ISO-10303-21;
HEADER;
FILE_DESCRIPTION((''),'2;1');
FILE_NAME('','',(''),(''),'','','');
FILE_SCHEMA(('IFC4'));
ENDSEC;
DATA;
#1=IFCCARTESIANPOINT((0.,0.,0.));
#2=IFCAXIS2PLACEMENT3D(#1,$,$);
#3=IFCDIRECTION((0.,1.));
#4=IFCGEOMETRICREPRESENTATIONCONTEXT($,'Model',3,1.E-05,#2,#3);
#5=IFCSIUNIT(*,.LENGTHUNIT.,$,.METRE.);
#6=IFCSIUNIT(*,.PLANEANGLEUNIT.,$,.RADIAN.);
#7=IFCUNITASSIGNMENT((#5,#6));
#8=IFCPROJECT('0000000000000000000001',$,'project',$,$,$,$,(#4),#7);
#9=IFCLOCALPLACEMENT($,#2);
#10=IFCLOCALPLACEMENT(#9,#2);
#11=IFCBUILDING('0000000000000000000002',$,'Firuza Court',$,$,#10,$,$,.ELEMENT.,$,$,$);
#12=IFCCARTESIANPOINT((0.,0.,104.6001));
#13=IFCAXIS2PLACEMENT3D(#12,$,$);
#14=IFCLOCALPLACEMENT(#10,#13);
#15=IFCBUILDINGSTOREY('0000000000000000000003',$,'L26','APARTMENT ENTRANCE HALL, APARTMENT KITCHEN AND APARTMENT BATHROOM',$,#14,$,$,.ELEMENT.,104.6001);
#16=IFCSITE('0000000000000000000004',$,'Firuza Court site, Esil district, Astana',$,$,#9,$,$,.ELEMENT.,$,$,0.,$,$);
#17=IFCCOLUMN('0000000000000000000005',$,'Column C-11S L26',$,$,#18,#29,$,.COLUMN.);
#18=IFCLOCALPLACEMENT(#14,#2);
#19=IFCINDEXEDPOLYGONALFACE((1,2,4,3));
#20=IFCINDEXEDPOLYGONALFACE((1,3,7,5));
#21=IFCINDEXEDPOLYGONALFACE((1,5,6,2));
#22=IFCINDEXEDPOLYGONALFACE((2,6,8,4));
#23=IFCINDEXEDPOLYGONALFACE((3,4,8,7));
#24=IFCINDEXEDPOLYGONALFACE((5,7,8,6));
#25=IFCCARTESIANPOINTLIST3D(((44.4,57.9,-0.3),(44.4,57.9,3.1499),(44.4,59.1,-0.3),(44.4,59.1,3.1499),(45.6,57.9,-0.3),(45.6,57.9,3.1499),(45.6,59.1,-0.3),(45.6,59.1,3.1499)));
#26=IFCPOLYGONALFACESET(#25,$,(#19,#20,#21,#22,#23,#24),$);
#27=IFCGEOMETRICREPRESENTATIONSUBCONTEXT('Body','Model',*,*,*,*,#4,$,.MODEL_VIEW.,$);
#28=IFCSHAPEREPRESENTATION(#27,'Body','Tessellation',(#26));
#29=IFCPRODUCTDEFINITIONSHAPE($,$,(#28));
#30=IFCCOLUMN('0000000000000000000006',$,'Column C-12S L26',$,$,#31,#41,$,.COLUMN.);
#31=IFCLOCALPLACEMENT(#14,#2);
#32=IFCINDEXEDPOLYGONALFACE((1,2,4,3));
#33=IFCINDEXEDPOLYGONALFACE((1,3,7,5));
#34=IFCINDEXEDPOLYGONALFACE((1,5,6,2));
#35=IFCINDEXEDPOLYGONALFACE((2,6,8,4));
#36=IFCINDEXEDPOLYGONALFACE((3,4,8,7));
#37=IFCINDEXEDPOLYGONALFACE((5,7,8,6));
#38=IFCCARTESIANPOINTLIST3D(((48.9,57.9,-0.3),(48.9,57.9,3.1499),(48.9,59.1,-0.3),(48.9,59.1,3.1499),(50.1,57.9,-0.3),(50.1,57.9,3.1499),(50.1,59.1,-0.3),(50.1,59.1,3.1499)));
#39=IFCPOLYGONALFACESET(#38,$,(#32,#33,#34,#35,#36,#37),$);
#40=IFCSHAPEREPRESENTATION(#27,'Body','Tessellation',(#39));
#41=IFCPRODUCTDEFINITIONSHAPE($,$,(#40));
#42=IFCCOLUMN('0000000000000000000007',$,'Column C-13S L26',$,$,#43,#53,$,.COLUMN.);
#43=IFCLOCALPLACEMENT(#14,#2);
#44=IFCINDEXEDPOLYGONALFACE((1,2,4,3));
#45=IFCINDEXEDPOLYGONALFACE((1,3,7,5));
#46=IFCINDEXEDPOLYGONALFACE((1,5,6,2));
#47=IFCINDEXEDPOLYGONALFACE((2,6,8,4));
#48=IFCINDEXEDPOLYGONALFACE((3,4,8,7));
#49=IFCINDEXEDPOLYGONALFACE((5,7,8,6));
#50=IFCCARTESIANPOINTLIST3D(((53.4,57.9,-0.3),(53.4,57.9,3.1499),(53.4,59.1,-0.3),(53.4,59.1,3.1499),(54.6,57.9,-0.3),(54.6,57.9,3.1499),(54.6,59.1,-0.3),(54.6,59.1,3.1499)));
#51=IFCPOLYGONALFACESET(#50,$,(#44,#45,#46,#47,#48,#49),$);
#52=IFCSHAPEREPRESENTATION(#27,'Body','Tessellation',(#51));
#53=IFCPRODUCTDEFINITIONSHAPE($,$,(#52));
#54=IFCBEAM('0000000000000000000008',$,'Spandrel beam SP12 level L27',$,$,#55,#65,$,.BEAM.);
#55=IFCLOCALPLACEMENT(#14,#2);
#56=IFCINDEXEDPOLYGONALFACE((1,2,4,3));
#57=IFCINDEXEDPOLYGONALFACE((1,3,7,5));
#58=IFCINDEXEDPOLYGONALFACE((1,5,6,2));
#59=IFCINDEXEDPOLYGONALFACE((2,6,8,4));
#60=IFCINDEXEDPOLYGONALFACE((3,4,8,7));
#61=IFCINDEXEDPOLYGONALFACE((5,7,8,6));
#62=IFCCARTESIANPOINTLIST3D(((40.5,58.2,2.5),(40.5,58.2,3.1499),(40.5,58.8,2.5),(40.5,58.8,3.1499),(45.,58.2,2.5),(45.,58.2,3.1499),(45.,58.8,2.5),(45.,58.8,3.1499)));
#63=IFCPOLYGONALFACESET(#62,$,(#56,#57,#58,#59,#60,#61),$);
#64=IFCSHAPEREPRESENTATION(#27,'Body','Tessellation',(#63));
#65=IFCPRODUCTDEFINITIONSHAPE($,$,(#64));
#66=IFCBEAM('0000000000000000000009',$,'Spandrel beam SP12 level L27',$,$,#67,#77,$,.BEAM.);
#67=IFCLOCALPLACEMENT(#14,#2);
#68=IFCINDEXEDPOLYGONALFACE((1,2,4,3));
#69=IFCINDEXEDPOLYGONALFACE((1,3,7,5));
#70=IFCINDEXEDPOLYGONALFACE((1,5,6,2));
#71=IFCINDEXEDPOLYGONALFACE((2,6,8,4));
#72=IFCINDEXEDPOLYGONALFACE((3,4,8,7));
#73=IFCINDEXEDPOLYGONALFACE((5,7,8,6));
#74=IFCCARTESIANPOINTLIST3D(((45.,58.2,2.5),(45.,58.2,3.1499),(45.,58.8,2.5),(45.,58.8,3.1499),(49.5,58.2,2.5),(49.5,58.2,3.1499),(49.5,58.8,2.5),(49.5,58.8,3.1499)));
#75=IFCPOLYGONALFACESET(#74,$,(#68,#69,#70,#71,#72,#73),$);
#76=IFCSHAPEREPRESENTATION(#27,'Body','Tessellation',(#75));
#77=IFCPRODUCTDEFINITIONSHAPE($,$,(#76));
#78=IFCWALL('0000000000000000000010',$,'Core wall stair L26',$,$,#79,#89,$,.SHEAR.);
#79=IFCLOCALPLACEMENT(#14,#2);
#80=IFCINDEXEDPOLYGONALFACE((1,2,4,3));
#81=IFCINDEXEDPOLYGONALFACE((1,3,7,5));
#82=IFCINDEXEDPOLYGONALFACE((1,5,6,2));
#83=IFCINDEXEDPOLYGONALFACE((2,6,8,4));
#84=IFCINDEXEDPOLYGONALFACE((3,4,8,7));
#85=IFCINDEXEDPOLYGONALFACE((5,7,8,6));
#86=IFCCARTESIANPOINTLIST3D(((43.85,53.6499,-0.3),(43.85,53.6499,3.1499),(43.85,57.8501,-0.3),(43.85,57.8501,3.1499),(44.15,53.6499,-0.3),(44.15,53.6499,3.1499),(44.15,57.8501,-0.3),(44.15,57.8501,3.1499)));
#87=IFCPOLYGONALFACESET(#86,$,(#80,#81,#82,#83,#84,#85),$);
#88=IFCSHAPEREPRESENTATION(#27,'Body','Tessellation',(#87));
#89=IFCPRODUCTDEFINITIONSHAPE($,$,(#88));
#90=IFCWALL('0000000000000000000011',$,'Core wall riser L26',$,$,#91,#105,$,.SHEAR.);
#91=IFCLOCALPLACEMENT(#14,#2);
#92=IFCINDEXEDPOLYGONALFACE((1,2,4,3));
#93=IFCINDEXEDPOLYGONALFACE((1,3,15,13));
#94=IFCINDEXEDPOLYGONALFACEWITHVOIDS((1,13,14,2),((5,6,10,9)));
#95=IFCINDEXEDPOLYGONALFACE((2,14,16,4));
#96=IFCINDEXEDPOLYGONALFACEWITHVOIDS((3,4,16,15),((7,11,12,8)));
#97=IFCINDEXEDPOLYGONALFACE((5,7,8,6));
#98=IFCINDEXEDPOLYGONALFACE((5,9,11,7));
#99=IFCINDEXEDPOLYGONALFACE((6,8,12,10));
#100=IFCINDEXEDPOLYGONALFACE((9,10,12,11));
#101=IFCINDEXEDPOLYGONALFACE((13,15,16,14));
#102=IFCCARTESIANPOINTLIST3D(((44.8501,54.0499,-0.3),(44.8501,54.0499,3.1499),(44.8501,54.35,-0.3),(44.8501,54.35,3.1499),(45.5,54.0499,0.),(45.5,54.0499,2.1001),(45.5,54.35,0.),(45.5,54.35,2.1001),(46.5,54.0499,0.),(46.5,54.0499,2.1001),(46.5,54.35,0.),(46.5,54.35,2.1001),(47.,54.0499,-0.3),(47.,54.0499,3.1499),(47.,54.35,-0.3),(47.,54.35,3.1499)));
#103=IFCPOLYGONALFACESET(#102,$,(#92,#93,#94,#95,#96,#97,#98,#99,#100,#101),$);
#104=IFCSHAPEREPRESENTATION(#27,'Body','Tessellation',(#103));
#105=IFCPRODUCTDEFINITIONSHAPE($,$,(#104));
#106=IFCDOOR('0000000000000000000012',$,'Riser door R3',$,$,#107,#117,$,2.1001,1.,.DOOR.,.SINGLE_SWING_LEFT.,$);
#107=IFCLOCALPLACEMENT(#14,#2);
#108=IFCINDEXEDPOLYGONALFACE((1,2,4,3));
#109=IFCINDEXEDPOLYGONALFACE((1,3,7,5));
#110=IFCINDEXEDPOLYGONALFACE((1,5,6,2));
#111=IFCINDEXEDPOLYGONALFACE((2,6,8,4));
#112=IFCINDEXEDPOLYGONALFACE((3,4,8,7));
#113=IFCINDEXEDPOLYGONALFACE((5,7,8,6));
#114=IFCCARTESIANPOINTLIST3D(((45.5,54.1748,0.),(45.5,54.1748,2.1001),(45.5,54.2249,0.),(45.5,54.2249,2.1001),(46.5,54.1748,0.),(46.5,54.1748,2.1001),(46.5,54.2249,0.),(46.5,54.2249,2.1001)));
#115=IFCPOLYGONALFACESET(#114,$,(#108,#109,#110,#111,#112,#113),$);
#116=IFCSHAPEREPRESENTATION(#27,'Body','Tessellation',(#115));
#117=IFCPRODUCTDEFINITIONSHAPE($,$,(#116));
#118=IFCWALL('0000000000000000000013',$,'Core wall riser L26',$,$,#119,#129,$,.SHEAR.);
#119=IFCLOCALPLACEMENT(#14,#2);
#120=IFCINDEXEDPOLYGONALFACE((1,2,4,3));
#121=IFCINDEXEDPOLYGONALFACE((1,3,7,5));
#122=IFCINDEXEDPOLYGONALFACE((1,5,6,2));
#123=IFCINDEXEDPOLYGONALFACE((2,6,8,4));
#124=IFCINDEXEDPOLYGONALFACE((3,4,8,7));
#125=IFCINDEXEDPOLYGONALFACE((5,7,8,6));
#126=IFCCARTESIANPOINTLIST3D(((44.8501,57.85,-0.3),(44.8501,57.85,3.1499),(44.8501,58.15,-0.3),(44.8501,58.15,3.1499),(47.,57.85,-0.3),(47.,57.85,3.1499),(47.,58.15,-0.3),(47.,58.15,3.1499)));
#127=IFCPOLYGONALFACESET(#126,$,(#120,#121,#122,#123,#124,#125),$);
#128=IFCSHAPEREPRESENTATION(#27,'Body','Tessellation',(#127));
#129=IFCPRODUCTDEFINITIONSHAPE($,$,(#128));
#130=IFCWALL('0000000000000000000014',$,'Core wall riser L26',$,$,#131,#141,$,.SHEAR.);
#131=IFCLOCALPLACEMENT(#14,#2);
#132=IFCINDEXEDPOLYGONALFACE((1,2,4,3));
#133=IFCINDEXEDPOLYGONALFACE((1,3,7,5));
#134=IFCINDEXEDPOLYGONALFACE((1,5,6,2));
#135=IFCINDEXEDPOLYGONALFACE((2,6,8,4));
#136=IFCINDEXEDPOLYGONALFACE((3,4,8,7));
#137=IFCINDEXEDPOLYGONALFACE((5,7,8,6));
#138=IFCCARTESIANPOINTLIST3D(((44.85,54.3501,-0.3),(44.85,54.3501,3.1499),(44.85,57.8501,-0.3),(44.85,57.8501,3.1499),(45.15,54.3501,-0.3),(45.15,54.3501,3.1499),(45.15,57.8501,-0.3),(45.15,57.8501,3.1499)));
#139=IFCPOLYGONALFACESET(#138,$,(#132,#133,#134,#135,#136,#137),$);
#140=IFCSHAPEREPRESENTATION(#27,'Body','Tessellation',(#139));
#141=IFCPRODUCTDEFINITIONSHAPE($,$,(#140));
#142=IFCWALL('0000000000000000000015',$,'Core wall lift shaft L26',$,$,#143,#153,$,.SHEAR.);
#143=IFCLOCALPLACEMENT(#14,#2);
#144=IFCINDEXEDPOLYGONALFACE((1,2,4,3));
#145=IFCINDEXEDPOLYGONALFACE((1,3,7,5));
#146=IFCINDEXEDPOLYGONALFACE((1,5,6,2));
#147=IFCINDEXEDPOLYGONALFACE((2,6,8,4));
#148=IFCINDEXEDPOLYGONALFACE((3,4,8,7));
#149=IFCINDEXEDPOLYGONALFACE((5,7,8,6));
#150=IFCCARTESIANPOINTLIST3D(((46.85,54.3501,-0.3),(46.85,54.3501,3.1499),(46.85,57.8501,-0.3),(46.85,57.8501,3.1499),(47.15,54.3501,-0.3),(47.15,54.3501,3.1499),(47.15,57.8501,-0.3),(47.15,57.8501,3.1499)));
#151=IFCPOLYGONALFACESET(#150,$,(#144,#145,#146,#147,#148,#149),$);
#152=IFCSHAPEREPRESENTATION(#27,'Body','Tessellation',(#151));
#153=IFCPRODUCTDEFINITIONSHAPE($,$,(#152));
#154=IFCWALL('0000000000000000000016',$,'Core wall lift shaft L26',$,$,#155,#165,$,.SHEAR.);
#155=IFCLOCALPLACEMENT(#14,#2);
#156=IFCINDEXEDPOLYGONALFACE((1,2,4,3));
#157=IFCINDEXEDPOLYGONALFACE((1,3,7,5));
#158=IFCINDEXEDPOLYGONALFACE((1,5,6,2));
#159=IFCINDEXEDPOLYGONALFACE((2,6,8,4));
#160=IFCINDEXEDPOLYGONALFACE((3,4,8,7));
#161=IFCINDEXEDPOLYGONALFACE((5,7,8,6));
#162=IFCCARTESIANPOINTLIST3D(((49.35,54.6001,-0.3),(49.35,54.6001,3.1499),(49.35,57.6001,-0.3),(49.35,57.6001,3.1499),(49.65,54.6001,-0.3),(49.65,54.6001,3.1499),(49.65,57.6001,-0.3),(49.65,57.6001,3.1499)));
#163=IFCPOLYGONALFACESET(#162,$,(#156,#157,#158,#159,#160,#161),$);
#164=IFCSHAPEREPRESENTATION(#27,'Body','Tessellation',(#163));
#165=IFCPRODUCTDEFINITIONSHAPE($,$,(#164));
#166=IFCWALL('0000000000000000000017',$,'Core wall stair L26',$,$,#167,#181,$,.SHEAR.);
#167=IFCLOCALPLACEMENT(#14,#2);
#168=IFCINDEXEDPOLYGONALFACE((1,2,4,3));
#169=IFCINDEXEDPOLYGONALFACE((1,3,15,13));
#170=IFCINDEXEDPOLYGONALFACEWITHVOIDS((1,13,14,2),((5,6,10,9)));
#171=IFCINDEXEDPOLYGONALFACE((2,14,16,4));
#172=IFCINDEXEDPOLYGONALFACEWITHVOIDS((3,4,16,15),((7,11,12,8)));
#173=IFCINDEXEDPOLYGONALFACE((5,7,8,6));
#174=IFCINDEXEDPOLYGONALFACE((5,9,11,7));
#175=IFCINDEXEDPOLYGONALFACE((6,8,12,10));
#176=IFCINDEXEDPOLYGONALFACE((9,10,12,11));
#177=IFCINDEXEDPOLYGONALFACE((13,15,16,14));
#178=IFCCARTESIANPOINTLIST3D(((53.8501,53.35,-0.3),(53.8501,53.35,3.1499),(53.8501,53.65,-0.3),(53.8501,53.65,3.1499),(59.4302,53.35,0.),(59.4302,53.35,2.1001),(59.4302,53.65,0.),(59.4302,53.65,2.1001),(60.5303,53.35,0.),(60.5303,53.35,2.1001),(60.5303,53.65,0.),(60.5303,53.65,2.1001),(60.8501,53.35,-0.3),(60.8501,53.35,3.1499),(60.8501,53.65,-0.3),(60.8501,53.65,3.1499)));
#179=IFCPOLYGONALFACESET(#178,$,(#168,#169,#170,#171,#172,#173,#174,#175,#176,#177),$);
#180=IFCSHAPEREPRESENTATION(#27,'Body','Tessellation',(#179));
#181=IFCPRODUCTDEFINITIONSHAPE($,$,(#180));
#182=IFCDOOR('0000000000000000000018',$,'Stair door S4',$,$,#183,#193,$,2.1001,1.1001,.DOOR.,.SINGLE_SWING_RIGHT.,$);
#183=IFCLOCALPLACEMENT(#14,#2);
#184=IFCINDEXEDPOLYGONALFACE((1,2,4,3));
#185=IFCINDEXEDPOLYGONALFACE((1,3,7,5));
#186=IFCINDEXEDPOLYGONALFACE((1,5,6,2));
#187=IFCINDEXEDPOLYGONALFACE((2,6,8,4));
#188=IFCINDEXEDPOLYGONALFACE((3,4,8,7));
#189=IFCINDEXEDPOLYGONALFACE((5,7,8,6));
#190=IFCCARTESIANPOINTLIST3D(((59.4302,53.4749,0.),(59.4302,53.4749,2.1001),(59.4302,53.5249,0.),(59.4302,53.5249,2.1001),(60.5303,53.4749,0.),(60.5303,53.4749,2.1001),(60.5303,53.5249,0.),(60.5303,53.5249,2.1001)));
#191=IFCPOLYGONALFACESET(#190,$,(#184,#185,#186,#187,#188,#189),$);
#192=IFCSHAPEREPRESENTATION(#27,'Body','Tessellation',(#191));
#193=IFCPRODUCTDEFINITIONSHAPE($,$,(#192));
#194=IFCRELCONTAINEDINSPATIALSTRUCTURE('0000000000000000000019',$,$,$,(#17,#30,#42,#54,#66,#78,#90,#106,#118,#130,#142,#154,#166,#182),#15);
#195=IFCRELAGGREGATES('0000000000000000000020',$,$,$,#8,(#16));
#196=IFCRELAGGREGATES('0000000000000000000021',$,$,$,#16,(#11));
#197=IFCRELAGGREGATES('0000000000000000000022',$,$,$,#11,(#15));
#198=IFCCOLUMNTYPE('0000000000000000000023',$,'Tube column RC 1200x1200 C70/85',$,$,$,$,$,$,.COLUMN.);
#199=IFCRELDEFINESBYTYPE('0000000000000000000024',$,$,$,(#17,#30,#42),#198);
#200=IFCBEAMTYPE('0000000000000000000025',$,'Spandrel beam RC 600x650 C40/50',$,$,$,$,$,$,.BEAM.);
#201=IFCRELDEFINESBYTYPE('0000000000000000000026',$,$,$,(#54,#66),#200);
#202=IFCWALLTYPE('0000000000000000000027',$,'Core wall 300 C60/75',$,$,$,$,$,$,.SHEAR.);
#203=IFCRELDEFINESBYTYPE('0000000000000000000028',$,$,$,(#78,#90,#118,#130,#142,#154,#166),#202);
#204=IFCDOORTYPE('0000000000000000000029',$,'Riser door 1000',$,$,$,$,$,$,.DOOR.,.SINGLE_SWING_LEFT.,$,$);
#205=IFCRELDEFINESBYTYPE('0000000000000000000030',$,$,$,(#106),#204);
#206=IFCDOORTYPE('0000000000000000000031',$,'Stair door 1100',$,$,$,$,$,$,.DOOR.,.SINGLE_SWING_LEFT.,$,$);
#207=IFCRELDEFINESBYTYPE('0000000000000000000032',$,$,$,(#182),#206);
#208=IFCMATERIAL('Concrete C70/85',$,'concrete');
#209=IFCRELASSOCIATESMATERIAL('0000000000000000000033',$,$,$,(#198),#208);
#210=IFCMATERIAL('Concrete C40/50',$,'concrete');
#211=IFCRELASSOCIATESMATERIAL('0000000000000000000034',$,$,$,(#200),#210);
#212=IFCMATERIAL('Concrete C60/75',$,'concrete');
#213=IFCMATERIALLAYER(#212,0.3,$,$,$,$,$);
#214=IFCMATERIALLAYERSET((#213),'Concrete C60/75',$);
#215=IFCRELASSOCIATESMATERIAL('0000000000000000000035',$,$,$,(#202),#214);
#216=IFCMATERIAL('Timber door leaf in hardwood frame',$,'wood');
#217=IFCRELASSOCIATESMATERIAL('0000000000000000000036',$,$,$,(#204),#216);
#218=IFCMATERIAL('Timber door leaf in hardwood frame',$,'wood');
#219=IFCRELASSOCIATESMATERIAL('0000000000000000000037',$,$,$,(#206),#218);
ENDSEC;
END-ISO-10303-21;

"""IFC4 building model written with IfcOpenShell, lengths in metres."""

from ifc_helpers import new_model, si_unit, direction, frame, frame_2d, origin, origin_2d, place, context, subcontext, project, spatial, rectangle, extrude, material, layer, layer_set, material_profile, profile_set, type_object, element, fill, save


model = new_model("IFC4")

# Units and contexts
model_context = context("Model", 3, precision=1e-05, world=origin(), true_north=direction((0.0, 1.0)))
body_context = subcontext(model_context, "Body", "Model", "MODEL_VIEW")
ifc_project = project(units=[si_unit("LENGTHUNIT", "METRE"), si_unit("PLANEANGLEUNIT", "RADIAN")], contexts=[model_context])

# Site, building, storey
site_placement = place(None, origin())
site = spatial("IfcSite", under=ifc_project, at=site_placement, Name="Firuza Court site, Esil district, Astana", CompositionType="ELEMENT", RefElevation=0.0)
building_placement = place(site_placement, origin())
building = spatial("IfcBuilding", under=site, at=building_placement, Name="Firuza Court", CompositionType="ELEMENT")
storey_placement = place(building_placement, frame((0.0, 0.0, 104.6001)))
storey = spatial("IfcBuildingStorey", under=building, at=storey_placement, Name="L26", Description="APARTMENT ENTRANCE HALL, APARTMENT KITCHEN AND APARTMENT BATHROOM", CompositionType="ELEMENT", Elevation=104.6001)

# Columns
ifc_material_1 = material(Name="Concrete C70/85", Category="concrete")
ifc_material_profile_1 = material_profile(ifc_material_1, rectangle(XDim=1.2, YDim=1.2, at=origin_2d()), Name="RC 1200x1200")
ifc_profile_set_1 = profile_set([ifc_material_profile_1], Name="Concrete C70/85")
column_type = type_object("IfcColumnType", Name="Tube column RC 1200x1200 C70/85", PredefinedType="COLUMN", material=ifc_profile_set_1)
for number, where, z_axis, x_axis, name in (
    (1, (45.0, 58.5, -0.3), (0.0, 0.0, 1.0), (1.0, 0.0, 0.0), "Column C-11S L26"),
    (2, (49.5, 58.5, -0.3), (0.0, 0.0, 1.0), (1.0, 0.0, 0.0), "Column C-12S L26"),
    (3, (54.0, 58.5, -0.3), (0.0, 0.0, 1.0), (1.0, 0.0, 0.0), "Column C-13S L26"),
):
    element("IfcColumn", number, at=place(storey_placement, frame(where, z_axis=z_axis, x_axis=x_axis)), inside=storey, type_object=column_type, Name=name, PredefinedType="COLUMN", context=body_context, shape_type="SweptSolid", body=[
        extrude(rectangle(XDim=1.2, YDim=1.2, at=origin_2d()), origin(), (0.0, 0.0, 1.0), 3.45),
    ])

# Beams
ifc_material_2 = material(Name="Concrete C40/50", Category="concrete")
ifc_material_profile_2 = material_profile(ifc_material_2, rectangle(XDim=0.6001, YDim=0.6499, at=origin_2d()), Name="RC 600x650")
ifc_profile_set_2 = profile_set([ifc_material_profile_2], Name="Concrete C40/50")
beam_type = type_object("IfcBeamType", Name="Spandrel beam RC 600x650 C40/50", PredefinedType="BEAM", material=ifc_profile_set_2)
for number, where, z_axis, x_axis, name in (
    (4, (45.0, 58.5, 2.825), (-1.0, 0.0, 0.0), (0.0, -1.0, 0.0), "Spandrel beam SP12 level L27"),
    (5, (49.5, 58.5, 2.825), (-1.0, 0.0, 0.0), (0.0, -1.0, 0.0), "Spandrel beam SP12 level L27"),
):
    element("IfcBeam", number, at=place(storey_placement, frame(where, z_axis=z_axis, x_axis=x_axis)), inside=storey, type_object=beam_type, Name=name, PredefinedType="BEAM", context=body_context, shape_type="SweptSolid", body=[
        extrude(rectangle(XDim=0.6001, YDim=0.6499, at=origin_2d()), origin(), (0.0, 0.0, 1.0), 4.5),
    ])

# Wall
ifc_material_3 = material(Name="Concrete C60/75", Category="concrete")
ifc_layer_1 = layer(ifc_material_3, 0.3)
ifc_layer_set_1 = layer_set([ifc_layer_1], Name="Concrete C60/75")
wall_type_1 = type_object("IfcWallType", Name="Core wall 300 C60/75", PredefinedType="SHEAR", material=ifc_layer_set_1)
wall_1_placement = place(storey_placement, frame((44.0, 53.6499, -0.3), z_axis=(0.0, 0.0, 1.0), x_axis=(0.0, 1.0, 0.0)))
element("IfcWall", 6, at=wall_1_placement, inside=storey, type_object=wall_type_1, Name="Core wall stair L26", PredefinedType="SHEAR", context=body_context, shape_type="SweptSolid", body=[
    extrude(rectangle(XDim=4.2002, YDim=0.3, at=frame_2d((2.1001, 0.0))), origin(), (0.0, 0.0, 1.0), 3.45),
])

# Wall, opening, door
wall_2_placement = place(storey_placement, frame((44.8501, 54.2, -0.3), z_axis=(0.0, 0.0, 1.0), x_axis=(1.0, 0.0, 0.0)))
wall_2 = element("IfcWall", 7, at=wall_2_placement, inside=storey, type_object=wall_type_1, Name="Core wall riser L26", PredefinedType="SHEAR", context=body_context, shape_type="SweptSolid", body=[
    extrude(rectangle(XDim=2.1499, YDim=0.3, at=frame_2d((1.075, 0.0))), origin(), (0.0, 0.0, 1.0), 3.45),
])
opening_1_placement = place(wall_2_placement, frame((0.6499, 0.0, 0.3)))
opening_1 = element("IfcOpeningElement", 8, at=opening_1_placement, cuts=wall_2, PredefinedType="OPENING", context=body_context, shape_type="SweptSolid", body=[
    extrude(rectangle(XDim=1.0, YDim=2.1001, at=frame_2d((0.5, 1.05))), frame((0.0, 0.1621, 0.0), z_axis=(0.0, -1.0, 0.0), x_axis=(1.0, 0.0, 0.0)), (0.0, 0.0, 1.0), 0.324),
])
ifc_material_4 = material(Name="Timber door leaf in hardwood frame", Category="wood")
door_type_1 = type_object("IfcDoorType", Name="Riser door 1000", OperationType="SINGLE_SWING_LEFT", PredefinedType="DOOR", material=ifc_material_4)
door_1_placement = place(opening_1_placement, origin())
door_1 = element("IfcDoor", 9, at=door_1_placement, inside=storey, type_object=door_type_1, Name="Riser door R3", OperationType="SINGLE_SWING_LEFT", OverallHeight=2.1001, OverallWidth=1.0, PredefinedType="DOOR", context=body_context, shape_type="SweptSolid", body=[
    extrude(rectangle(XDim=1.0, YDim=2.1001, at=frame_2d((0.5, 1.05))), frame((0.0, 0.0249, 0.0), z_axis=(0.0, -1.0, 0.0), x_axis=(1.0, 0.0, 0.0)), (0.0, 0.0, 1.0), 0.05),
])
fill(opening_1, door_1)

# Walls
wall_3_placement = place(storey_placement, frame((44.8501, 58.0, -0.3), z_axis=(0.0, 0.0, 1.0), x_axis=(1.0, 0.0, 0.0)))
element("IfcWall", 10, at=wall_3_placement, inside=storey, type_object=wall_type_1, Name="Core wall riser L26", PredefinedType="SHEAR", context=body_context, shape_type="SweptSolid", body=[
    extrude(rectangle(XDim=2.1499, YDim=0.3, at=frame_2d((1.075, 0.0))), origin(), (0.0, 0.0, 1.0), 3.45),
])
for number, where, z_axis, x_axis, name in (
    (11, (45.0, 54.3501, -0.3), (0.0, 0.0, 1.0), (0.0, 1.0, 0.0), "Core wall riser L26"),
    (12, (47.0, 54.3501, -0.3), (0.0, 0.0, 1.0), (0.0, 1.0, 0.0), "Core wall lift shaft L26"),
):
    element("IfcWall", number, at=place(storey_placement, frame(where, z_axis=z_axis, x_axis=x_axis)), inside=storey, type_object=wall_type_1, Name=name, PredefinedType="SHEAR", context=body_context, shape_type="SweptSolid", body=[
        extrude(rectangle(XDim=3.5, YDim=0.3, at=frame_2d((1.75, 0.0))), origin(), (0.0, 0.0, 1.0), 3.45),
    ])
wall_4_placement = place(storey_placement, frame((49.5, 54.6001, -0.3), z_axis=(0.0, 0.0, 1.0), x_axis=(0.0, 1.0, 0.0)))
element("IfcWall", 13, at=wall_4_placement, inside=storey, type_object=wall_type_1, Name="Core wall lift shaft L26", PredefinedType="SHEAR", context=body_context, shape_type="SweptSolid", body=[
    extrude(rectangle(XDim=3.0, YDim=0.3, at=frame_2d((1.5, 0.0))), origin(), (0.0, 0.0, 1.0), 3.45),
])

# Wall, opening, door
wall_5_placement = place(storey_placement, frame((53.8501, 53.5, -0.3), z_axis=(0.0, 0.0, 1.0), x_axis=(1.0, 0.0, 0.0)))
wall_5 = element("IfcWall", 14, at=wall_5_placement, inside=storey, type_object=wall_type_1, Name="Core wall stair L26", PredefinedType="SHEAR", context=body_context, shape_type="SweptSolid", body=[
    extrude(rectangle(XDim=7.0, YDim=0.3, at=frame_2d((3.5, 0.0))), origin(), (0.0, 0.0, 1.0), 3.45),
])
opening_2_placement = place(wall_5_placement, frame((5.5801, 0.0, 0.3)))
opening_2 = element("IfcOpeningElement", 15, at=opening_2_placement, cuts=wall_5, PredefinedType="OPENING", context=body_context, shape_type="SweptSolid", body=[
    extrude(rectangle(XDim=1.1001, YDim=2.1001, at=frame_2d((0.55, 1.05))), frame((0.0, 0.1621, 0.0), z_axis=(0.0, -1.0, 0.0), x_axis=(1.0, 0.0, 0.0)), (0.0, 0.0, 1.0), 0.324),
])
ifc_material_5 = material(Name="Timber door leaf in hardwood frame", Category="wood")
door_type_2 = type_object("IfcDoorType", Name="Stair door 1100", OperationType="SINGLE_SWING_LEFT", PredefinedType="DOOR", material=ifc_material_5)
door_2_placement = place(opening_2_placement, origin())
door_2 = element("IfcDoor", 16, at=door_2_placement, inside=storey, type_object=door_type_2, Name="Stair door S4", OperationType="SINGLE_SWING_RIGHT", OverallHeight=2.1001, OverallWidth=1.1001, PredefinedType="DOOR", context=body_context, shape_type="SweptSolid", body=[
    extrude(rectangle(XDim=1.1001, YDim=2.1001, at=frame_2d((0.55, 1.05))), frame((0.0, 0.0249, 0.0), z_axis=(0.0, -1.0, 0.0), x_axis=(1.0, 0.0, 0.0)), (0.0, 0.0, 1.0), 0.05),
])
fill(opening_2, door_2)

save(model, "model.ifc")
